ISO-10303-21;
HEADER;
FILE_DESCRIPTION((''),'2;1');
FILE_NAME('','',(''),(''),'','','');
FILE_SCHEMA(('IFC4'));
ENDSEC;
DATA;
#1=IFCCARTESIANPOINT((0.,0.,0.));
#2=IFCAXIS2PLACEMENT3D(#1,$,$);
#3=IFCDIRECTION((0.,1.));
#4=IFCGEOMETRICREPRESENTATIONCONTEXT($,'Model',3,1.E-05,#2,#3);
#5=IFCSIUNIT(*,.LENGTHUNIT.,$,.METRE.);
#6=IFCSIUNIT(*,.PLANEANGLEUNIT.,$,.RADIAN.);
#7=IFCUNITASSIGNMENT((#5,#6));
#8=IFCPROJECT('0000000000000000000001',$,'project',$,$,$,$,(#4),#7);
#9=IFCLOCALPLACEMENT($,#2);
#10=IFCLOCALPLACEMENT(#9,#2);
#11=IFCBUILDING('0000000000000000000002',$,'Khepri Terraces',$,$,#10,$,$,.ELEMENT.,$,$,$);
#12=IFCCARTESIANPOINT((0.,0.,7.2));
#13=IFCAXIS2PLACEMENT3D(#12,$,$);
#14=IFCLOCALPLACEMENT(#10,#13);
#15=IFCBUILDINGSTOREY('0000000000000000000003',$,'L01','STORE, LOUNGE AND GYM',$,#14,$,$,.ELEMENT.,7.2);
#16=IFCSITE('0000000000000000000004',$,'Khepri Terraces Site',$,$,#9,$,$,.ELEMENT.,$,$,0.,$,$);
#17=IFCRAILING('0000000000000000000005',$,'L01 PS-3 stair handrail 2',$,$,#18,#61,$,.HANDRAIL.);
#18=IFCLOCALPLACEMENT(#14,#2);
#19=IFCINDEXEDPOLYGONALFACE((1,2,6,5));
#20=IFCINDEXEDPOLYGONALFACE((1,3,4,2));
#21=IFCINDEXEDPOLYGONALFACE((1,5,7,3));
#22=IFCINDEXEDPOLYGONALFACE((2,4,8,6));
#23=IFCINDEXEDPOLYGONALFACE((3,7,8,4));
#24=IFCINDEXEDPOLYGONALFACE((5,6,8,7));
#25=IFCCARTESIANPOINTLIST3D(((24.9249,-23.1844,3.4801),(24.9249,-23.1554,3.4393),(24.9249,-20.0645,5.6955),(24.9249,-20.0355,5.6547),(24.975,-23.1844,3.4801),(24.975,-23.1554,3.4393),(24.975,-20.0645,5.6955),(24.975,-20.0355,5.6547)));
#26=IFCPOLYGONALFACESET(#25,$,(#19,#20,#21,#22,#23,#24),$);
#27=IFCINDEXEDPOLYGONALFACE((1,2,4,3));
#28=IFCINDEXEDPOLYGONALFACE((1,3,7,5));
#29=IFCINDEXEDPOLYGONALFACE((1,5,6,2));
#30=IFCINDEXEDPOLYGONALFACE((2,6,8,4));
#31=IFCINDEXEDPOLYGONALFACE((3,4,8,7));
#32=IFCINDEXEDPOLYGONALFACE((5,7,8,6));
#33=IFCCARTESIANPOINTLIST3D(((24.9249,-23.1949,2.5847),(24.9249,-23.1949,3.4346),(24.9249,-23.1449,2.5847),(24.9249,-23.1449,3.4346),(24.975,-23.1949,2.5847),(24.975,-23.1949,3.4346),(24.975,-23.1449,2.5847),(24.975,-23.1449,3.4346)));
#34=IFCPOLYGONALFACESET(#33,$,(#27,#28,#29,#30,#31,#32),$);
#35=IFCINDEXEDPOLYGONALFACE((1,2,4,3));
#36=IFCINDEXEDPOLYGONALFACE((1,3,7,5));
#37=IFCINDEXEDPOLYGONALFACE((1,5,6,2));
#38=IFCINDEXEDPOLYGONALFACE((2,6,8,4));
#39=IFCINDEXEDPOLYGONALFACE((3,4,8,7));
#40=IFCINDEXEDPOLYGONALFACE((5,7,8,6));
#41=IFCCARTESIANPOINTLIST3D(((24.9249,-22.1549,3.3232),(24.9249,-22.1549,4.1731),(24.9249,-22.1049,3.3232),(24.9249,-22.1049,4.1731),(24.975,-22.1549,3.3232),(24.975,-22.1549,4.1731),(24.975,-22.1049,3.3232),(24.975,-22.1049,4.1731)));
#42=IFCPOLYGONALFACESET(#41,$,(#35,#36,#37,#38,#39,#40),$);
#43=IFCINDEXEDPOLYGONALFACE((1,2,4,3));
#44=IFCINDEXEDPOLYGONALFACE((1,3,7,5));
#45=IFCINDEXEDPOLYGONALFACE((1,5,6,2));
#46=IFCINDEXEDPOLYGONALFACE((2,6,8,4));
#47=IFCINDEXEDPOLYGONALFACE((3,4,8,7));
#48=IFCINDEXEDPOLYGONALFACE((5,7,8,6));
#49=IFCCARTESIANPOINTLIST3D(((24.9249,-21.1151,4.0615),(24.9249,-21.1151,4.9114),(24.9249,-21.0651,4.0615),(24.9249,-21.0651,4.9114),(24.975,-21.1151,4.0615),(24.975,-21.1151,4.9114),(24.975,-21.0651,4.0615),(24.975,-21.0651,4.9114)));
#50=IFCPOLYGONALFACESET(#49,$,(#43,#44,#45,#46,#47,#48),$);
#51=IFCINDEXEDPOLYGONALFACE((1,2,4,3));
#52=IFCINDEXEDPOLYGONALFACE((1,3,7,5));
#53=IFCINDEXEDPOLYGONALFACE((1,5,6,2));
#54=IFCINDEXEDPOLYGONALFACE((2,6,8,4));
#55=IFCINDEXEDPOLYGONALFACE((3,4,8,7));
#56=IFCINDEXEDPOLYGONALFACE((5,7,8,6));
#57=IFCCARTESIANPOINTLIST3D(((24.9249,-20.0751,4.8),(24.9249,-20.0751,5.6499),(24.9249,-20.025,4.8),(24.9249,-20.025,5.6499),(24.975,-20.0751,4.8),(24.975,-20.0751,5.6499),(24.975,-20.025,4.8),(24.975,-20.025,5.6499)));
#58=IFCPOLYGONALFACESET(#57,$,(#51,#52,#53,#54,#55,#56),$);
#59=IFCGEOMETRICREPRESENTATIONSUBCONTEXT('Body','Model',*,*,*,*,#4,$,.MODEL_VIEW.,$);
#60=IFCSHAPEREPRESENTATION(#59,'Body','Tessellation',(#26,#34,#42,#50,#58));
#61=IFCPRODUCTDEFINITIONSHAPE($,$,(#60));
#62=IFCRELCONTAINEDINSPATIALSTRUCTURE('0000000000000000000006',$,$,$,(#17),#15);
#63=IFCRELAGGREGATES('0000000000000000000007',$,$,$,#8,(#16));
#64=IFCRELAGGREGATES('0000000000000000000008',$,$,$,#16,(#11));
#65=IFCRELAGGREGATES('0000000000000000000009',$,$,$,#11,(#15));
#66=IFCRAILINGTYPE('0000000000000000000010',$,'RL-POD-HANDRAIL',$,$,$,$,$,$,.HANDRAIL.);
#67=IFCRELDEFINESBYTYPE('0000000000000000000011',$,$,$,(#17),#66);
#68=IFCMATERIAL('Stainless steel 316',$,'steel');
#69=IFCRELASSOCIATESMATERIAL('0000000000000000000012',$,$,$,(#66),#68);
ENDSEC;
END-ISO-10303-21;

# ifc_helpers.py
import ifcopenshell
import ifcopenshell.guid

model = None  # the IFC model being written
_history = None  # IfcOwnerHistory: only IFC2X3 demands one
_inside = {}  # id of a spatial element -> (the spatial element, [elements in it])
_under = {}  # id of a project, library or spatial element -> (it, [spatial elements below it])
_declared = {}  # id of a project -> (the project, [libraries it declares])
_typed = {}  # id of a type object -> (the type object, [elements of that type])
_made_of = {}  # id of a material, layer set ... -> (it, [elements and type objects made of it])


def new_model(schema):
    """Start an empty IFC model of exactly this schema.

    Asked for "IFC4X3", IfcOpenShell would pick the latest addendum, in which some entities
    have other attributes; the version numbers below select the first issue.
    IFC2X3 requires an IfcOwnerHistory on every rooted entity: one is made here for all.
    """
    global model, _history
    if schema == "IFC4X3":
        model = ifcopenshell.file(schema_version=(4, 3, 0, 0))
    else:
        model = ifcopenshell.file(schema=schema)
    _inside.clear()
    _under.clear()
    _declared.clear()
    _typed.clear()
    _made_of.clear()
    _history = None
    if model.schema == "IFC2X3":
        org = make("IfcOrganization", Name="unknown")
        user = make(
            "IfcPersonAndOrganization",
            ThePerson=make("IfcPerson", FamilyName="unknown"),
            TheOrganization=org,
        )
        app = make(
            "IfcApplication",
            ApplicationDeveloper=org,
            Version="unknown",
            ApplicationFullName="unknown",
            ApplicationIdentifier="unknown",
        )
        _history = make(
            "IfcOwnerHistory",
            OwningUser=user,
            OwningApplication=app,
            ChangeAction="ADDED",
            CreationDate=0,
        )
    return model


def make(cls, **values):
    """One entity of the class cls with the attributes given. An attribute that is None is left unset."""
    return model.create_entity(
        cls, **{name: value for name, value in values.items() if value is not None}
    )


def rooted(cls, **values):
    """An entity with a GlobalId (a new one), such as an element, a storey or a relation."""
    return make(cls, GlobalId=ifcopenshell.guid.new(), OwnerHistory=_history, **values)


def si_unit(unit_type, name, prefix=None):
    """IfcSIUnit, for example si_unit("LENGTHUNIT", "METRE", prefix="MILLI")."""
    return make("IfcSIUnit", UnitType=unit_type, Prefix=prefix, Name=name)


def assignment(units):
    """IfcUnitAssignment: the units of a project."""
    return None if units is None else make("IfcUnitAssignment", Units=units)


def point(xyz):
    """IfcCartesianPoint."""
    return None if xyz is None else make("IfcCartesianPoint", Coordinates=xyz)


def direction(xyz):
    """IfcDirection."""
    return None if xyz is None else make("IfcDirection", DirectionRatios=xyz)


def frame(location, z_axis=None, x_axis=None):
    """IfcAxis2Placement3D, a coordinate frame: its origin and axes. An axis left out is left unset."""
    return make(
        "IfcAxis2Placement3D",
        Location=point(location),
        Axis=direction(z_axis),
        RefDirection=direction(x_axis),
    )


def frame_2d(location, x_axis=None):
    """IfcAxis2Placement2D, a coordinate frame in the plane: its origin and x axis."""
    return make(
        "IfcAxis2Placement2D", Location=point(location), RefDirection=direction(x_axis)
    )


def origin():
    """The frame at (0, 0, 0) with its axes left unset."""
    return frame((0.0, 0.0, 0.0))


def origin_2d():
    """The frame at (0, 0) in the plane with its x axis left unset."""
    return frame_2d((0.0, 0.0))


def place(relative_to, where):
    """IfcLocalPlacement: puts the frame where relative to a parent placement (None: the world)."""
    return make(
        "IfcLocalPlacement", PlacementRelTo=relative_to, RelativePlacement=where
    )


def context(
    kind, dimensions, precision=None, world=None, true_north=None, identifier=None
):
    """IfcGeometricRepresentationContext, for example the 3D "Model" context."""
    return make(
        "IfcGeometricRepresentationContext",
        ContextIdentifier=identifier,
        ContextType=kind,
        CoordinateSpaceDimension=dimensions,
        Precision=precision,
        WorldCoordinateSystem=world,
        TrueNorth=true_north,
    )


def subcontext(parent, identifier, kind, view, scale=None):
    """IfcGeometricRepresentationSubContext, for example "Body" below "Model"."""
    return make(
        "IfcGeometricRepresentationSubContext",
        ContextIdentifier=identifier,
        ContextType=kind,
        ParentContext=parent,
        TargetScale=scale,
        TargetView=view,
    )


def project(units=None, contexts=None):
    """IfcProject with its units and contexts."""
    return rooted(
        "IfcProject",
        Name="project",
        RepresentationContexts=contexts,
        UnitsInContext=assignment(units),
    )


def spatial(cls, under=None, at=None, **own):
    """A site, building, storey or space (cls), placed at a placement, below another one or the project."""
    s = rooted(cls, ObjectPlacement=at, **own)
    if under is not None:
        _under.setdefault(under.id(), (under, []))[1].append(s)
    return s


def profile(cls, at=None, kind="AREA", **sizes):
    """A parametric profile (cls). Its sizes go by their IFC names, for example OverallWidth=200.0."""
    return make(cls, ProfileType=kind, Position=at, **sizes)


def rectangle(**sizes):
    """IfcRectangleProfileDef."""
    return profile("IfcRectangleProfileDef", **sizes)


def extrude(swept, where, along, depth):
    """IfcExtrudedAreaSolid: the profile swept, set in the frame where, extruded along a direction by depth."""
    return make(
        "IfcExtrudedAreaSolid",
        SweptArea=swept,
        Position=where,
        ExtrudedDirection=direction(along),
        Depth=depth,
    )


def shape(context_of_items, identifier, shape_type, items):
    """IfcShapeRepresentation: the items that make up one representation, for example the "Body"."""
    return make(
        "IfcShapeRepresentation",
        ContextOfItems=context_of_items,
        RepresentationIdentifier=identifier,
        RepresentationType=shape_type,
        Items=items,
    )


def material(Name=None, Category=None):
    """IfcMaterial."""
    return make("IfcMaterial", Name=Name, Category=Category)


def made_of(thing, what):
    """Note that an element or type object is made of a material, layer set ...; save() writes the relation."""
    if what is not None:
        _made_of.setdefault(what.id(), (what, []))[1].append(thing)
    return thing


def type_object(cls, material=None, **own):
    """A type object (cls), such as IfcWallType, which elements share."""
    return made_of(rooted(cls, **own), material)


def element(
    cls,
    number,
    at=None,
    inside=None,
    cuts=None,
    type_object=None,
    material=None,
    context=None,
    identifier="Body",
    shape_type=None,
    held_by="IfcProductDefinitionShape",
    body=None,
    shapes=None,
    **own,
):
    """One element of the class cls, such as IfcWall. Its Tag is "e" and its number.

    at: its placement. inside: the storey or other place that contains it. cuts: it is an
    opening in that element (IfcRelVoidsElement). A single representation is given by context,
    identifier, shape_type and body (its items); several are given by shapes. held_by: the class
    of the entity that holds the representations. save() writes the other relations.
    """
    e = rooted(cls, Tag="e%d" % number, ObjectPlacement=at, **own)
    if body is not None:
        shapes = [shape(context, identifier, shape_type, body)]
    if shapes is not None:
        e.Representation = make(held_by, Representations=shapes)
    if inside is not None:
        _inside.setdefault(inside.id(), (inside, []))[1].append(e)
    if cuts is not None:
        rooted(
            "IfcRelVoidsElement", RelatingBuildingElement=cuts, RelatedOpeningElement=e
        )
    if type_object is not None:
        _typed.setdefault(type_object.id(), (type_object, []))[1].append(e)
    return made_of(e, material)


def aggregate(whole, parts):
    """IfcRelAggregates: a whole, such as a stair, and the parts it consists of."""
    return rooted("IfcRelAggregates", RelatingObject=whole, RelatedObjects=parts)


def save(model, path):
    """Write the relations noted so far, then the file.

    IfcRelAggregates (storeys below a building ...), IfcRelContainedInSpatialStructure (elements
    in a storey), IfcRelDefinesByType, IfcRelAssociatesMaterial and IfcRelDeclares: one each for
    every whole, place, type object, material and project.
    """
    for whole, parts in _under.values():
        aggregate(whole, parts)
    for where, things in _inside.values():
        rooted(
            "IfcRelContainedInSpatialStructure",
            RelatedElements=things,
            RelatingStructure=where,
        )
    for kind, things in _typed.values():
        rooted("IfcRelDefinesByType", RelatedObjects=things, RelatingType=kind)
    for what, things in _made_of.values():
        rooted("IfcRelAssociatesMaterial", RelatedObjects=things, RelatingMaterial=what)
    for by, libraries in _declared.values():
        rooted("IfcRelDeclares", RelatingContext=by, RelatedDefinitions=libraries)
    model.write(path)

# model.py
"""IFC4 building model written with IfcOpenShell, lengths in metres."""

from ifc_helpers import new_model, si_unit, direction, frame, origin, origin_2d, place, context, subcontext, project, spatial, rectangle, extrude, material, type_object, element, save


model = new_model("IFC4")

# Units and contexts
model_context = context("Model", 3, precision=1e-05, world=origin(), true_north=direction((0.0, 1.0)))
body_context = subcontext(model_context, "Body", "Model", "MODEL_VIEW")
ifc_project = project(units=[si_unit("LENGTHUNIT", "METRE"), si_unit("PLANEANGLEUNIT", "RADIAN")], contexts=[model_context])

# Site, building, storey
site_placement = place(None, origin())
site = spatial("IfcSite", under=ifc_project, at=site_placement, Name="Khepri Terraces Site", CompositionType="ELEMENT", RefElevation=0.0)
building_placement = place(site_placement, origin())
building = spatial("IfcBuilding", under=site, at=building_placement, Name="Khepri Terraces", CompositionType="ELEMENT")
storey_placement = place(building_placement, frame((0.0, 0.0, 7.2)))
storey = spatial("IfcBuildingStorey", under=building, at=storey_placement, Name="L01", Description="STORE, LOUNGE AND GYM", CompositionType="ELEMENT", Elevation=7.2)

# Railing
ifc_material_1 = material(Name="Stainless steel 316", Category="steel")
railing_type_1 = type_object("IfcRailingType", Name="RL-POD-HANDRAIL", PredefinedType="HANDRAIL", material=ifc_material_1)
railing_1_placement = place(storey_placement, frame((24.95, -23.1699, 2.5847)))
element("IfcRailing", 1, at=railing_1_placement, inside=storey, type_object=railing_type_1, Name="L01 PS-3 stair handrail 2", PredefinedType="HANDRAIL", context=body_context, shape_type="SweptSolid", body=[
    extrude(rectangle(XDim=0.05, YDim=0.05, at=origin_2d()), frame((0.0, 0.0, 0.875), z_axis=(0.0, 0.815356, 0.578961), x_axis=(-1.0, 0.0, 0.0)), (0.0, 0.0, 1.0), 3.8264),
    extrude(rectangle(XDim=0.05, YDim=0.05, at=origin_2d()), origin(), (0.0, 0.0, 1.0), 0.8499),
    extrude(rectangle(XDim=0.05, YDim=0.05, at=origin_2d()), frame((0.0, 1.04, 0.7385)), (0.0, 0.0, 1.0), 0.8499),
    extrude(rectangle(XDim=0.05, YDim=0.05, at=origin_2d()), frame((0.0, 2.0798, 1.4768)), (0.0, 0.0, 1.0), 0.8499),
    extrude(rectangle(XDim=0.05, YDim=0.05, at=origin_2d()), frame((0.0, 3.1199, 2.2153)), (0.0, 0.0, 1.0), 0.8499),
])

save(model, "model.ifc")
